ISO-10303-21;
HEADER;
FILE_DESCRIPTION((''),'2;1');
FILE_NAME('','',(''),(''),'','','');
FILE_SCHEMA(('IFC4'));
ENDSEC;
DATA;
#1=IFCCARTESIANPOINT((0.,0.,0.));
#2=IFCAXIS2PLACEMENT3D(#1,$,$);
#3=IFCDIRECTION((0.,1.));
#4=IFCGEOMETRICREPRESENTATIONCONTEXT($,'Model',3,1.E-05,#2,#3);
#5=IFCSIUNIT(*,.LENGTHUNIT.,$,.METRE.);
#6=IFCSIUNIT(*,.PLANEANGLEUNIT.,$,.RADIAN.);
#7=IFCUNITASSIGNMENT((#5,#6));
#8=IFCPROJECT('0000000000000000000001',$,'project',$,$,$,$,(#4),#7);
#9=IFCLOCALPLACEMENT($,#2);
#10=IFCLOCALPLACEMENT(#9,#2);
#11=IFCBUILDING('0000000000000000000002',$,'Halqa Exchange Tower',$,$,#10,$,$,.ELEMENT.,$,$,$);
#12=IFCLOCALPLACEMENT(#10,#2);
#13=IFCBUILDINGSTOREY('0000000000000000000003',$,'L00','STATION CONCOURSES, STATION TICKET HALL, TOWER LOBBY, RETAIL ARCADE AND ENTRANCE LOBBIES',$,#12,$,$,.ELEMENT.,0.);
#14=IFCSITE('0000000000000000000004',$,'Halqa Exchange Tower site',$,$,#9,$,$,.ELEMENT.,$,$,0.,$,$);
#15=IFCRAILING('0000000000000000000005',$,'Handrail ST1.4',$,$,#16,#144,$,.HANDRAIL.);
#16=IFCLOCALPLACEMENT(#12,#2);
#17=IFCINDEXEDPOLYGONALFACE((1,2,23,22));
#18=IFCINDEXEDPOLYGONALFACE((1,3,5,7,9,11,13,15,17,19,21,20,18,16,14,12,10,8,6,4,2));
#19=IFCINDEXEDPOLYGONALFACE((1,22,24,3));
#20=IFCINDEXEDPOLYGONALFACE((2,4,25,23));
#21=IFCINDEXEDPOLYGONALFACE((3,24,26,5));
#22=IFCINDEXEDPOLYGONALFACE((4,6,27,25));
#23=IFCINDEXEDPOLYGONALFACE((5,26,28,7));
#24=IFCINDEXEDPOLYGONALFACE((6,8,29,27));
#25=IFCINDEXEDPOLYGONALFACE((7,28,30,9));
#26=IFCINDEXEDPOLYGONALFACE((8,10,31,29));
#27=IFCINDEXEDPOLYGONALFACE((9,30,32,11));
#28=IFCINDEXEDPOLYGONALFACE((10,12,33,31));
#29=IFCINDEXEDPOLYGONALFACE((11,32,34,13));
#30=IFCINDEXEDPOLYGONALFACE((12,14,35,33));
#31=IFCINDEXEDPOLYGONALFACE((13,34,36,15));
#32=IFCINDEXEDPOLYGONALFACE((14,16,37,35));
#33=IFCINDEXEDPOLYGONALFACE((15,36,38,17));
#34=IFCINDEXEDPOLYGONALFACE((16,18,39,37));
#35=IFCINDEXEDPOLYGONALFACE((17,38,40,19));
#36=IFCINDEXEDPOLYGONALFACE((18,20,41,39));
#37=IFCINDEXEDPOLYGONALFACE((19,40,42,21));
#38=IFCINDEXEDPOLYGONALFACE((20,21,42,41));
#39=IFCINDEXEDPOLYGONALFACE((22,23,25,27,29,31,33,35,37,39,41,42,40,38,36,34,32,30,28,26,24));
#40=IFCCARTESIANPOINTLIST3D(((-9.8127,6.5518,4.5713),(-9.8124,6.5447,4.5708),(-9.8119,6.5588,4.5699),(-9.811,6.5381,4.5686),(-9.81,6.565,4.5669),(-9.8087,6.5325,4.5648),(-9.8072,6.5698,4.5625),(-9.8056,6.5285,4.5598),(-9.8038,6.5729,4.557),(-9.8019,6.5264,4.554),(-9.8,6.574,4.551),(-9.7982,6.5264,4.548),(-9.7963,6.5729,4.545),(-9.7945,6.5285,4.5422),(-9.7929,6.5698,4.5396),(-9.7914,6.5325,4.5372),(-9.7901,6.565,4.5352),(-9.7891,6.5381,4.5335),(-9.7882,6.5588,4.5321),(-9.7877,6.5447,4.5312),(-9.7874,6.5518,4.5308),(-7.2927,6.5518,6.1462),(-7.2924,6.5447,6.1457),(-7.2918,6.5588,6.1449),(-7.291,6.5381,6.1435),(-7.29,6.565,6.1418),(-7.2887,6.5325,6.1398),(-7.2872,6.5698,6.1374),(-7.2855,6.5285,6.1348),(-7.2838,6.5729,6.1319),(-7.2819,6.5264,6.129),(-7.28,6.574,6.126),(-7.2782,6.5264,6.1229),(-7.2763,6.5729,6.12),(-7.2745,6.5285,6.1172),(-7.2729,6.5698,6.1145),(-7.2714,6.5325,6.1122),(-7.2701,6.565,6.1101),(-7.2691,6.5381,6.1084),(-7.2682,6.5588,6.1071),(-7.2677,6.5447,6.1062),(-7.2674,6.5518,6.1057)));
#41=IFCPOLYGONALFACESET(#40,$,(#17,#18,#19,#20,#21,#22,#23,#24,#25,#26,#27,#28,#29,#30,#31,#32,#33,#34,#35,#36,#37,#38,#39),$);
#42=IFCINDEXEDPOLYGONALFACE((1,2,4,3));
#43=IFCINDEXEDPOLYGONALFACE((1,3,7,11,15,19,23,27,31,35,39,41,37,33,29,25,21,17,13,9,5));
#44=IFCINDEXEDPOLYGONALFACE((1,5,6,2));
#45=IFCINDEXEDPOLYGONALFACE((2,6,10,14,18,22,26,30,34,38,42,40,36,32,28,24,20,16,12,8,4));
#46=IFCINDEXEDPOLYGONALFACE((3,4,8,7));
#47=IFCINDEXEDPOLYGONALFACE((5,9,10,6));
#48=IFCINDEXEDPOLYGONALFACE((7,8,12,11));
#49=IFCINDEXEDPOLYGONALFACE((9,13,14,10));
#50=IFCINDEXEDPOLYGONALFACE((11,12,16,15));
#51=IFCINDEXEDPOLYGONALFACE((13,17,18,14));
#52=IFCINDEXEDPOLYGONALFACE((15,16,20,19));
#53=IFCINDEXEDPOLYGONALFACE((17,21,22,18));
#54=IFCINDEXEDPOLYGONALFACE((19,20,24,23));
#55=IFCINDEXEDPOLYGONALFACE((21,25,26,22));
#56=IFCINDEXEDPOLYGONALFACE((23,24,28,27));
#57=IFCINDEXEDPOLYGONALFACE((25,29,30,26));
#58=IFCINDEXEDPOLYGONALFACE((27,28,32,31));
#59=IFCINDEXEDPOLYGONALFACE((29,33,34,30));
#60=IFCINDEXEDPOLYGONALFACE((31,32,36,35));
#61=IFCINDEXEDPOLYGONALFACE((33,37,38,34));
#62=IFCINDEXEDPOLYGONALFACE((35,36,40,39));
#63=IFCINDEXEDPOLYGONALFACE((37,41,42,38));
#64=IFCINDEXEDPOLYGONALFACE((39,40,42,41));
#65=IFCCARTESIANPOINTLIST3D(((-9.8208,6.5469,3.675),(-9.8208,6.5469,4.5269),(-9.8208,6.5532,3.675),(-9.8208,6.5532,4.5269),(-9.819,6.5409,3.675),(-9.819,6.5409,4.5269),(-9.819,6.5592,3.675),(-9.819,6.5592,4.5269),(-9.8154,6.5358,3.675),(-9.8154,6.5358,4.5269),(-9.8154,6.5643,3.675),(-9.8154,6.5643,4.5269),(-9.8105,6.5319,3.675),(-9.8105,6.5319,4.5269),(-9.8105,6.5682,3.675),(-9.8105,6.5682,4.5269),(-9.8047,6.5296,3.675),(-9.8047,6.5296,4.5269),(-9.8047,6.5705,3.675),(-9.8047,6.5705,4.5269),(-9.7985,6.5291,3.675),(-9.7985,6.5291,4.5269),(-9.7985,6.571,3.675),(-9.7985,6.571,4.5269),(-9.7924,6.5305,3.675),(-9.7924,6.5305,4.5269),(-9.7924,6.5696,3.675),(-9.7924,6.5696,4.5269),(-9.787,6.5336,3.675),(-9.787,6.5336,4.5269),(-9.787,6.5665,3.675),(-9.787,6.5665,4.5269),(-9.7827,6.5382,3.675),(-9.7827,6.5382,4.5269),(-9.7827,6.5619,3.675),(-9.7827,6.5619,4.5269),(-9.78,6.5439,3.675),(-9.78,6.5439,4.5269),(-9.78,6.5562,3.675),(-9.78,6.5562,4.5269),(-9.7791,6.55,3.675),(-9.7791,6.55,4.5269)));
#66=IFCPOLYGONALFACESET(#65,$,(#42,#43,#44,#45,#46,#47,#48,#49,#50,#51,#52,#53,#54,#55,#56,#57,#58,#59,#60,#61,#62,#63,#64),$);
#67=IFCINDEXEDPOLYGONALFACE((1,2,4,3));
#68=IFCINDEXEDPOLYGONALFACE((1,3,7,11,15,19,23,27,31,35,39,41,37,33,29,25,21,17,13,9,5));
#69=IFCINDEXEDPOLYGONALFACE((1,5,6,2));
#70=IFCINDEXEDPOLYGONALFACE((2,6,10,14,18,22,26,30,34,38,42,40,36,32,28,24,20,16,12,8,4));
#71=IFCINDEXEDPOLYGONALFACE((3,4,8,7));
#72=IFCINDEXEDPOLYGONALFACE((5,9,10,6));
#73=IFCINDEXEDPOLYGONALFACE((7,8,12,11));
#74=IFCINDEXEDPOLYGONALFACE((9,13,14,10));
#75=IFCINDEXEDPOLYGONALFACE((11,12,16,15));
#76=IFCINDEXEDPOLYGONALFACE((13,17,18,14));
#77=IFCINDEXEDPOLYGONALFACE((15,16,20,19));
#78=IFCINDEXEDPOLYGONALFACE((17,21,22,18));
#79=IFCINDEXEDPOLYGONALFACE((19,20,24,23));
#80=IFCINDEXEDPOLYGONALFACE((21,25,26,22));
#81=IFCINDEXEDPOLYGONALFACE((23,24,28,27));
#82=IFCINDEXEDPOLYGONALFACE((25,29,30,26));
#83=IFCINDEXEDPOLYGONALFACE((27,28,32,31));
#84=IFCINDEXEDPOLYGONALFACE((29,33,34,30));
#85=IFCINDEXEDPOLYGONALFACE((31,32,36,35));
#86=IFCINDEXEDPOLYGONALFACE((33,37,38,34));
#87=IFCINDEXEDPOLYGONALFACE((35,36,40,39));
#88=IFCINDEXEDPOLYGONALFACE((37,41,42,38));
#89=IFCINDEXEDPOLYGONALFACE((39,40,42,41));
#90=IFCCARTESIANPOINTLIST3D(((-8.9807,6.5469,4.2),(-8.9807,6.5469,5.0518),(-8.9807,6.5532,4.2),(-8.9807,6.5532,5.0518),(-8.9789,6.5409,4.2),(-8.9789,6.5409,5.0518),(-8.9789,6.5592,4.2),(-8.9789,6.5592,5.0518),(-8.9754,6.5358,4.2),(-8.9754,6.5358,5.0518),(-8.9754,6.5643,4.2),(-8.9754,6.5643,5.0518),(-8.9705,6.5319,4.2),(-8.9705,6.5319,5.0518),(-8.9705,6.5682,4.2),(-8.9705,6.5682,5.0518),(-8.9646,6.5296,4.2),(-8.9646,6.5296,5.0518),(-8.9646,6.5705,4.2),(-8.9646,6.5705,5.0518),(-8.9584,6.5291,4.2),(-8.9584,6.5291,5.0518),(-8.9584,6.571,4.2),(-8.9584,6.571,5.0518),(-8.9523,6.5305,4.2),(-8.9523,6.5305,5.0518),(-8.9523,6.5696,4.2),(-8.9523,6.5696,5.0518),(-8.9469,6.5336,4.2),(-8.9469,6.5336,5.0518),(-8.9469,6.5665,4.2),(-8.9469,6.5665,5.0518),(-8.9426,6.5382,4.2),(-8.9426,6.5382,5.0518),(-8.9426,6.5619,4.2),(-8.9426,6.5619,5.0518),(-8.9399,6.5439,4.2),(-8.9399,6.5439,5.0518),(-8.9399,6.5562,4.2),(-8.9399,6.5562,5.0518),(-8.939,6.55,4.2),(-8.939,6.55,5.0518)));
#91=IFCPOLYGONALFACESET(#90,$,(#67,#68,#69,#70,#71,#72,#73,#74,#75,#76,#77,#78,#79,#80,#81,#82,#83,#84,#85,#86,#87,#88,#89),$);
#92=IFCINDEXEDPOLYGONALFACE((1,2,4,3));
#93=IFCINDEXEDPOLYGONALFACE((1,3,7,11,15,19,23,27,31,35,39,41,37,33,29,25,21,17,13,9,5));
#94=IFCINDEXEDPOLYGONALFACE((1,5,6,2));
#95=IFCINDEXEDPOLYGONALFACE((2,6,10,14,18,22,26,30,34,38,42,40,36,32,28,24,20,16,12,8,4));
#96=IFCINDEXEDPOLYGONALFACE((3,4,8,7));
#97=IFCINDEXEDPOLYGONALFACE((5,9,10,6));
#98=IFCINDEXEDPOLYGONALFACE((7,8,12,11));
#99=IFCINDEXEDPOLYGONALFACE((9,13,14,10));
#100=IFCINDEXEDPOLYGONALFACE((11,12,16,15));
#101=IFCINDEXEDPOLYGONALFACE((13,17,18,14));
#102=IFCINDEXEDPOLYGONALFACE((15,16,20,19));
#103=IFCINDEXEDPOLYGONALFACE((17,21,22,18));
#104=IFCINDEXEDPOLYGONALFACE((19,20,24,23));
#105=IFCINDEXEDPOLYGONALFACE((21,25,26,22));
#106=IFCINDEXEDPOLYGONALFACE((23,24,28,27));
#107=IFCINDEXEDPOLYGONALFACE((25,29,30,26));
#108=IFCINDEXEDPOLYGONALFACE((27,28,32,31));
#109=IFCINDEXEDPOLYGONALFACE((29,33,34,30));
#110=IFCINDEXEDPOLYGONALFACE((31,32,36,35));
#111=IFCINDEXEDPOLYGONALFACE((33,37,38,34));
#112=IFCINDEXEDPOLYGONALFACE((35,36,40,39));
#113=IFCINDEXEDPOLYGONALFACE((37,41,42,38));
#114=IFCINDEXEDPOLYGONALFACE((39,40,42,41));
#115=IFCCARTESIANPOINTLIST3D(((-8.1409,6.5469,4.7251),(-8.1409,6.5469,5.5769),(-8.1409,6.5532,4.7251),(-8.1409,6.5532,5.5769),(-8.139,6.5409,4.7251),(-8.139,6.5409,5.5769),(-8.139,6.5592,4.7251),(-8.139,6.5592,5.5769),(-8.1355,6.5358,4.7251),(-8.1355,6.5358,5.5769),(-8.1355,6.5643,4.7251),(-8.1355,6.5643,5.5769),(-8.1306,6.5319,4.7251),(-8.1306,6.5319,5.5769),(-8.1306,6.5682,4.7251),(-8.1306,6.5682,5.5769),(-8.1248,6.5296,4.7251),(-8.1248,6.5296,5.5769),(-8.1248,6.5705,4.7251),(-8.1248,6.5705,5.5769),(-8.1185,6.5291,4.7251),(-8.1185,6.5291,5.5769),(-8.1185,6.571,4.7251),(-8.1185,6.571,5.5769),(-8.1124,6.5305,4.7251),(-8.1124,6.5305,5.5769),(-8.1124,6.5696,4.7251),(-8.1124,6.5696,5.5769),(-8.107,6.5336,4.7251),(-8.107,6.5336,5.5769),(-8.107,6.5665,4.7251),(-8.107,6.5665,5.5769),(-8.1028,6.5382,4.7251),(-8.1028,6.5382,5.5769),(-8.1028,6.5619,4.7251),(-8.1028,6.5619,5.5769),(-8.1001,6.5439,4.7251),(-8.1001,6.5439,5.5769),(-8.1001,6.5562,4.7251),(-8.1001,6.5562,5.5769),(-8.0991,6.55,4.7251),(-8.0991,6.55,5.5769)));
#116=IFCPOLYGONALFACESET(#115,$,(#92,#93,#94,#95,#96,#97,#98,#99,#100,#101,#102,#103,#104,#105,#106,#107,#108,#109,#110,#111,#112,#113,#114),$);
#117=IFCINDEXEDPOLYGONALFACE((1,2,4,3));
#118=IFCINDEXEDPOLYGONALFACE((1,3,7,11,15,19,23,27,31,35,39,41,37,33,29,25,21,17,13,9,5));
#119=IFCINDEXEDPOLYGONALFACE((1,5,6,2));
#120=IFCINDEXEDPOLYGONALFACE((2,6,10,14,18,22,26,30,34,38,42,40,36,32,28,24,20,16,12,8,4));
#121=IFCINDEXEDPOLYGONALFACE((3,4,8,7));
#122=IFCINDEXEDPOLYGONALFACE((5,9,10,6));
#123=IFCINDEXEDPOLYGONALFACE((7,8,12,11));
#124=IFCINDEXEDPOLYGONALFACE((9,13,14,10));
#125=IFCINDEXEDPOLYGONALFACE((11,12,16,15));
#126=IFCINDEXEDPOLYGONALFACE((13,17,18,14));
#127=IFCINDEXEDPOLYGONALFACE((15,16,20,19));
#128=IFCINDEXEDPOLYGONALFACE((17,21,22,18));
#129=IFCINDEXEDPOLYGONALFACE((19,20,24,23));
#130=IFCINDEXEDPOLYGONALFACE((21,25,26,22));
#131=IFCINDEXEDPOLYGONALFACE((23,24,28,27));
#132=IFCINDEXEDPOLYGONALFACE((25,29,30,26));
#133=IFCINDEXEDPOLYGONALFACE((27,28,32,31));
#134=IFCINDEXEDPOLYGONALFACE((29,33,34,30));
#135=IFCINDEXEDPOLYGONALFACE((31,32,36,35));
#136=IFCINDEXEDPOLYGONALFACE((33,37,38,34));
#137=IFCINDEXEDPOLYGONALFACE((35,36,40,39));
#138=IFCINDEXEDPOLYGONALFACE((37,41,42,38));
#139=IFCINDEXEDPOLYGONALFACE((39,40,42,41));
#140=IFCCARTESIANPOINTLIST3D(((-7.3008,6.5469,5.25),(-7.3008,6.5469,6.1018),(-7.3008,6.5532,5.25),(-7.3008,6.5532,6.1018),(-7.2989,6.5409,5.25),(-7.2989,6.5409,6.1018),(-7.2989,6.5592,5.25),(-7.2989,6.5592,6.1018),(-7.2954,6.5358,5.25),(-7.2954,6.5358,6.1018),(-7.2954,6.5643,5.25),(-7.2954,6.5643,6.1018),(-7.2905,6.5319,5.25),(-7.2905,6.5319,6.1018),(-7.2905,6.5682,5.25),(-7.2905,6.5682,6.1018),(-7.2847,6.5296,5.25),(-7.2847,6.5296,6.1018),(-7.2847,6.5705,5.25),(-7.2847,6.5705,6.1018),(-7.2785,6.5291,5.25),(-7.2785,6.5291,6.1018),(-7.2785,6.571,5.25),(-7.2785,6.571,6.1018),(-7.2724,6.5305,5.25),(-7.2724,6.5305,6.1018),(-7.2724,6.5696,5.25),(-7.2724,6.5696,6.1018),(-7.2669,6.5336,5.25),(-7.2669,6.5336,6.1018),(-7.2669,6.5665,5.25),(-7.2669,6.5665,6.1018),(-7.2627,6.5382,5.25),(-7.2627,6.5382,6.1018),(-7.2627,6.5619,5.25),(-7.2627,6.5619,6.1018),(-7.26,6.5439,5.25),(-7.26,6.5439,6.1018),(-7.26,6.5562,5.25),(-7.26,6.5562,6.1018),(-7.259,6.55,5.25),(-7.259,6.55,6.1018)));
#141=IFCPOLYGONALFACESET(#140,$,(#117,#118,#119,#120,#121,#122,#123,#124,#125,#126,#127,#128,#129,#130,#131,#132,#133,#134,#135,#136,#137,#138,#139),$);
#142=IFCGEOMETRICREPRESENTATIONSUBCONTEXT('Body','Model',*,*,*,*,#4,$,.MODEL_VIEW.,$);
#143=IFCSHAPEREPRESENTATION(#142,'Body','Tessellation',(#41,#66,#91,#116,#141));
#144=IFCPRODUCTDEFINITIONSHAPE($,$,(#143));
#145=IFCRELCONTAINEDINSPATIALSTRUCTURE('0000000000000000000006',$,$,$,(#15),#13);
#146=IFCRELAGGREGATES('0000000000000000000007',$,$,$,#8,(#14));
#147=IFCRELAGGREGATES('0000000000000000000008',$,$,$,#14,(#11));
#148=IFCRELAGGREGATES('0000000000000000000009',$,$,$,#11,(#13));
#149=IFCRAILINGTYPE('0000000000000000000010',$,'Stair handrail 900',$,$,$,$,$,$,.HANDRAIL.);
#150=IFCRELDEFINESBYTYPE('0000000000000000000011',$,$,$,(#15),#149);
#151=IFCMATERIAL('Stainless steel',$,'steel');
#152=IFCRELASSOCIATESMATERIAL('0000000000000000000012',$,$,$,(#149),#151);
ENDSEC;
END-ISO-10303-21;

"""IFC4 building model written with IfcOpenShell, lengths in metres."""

from ifc_helpers import new_model, si_unit, direction, frame, origin, origin_2d, place, context, subcontext, project, spatial, circle, extrude, material, type_object, element, save


model = new_model("IFC4")

# Units and contexts
model_context = context("Model", 3, precision=1e-05, world=origin(), true_north=direction((0.0, 1.0)))
body_context = subcontext(model_context, "Body", "Model", "MODEL_VIEW")
ifc_project = project(units=[si_unit("LENGTHUNIT", "METRE"), si_unit("PLANEANGLEUNIT", "RADIAN")], contexts=[model_context])

# Site, building, storey
site_placement = place(None, origin())
site = spatial("IfcSite", under=ifc_project, at=site_placement, Name="Halqa Exchange Tower site", CompositionType="ELEMENT", RefElevation=0.0)
building_placement = place(site_placement, origin())
building = spatial("IfcBuilding", under=site, at=building_placement, Name="Halqa Exchange Tower", CompositionType="ELEMENT")
storey_placement = place(building_placement, origin())
storey = spatial("IfcBuildingStorey", under=building, at=storey_placement, Name="L00", Description="STATION CONCOURSES, STATION TICKET HALL, TOWER LOBBY, RETAIL ARCADE AND ENTRANCE LOBBIES", CompositionType="ELEMENT", Elevation=0.0)

# Shared definitions
ifc_material_1 = material(Name="Stainless steel", Category="steel")

# Railing
railing_type_1 = type_object("IfcRailingType", Name="Stair handrail 900", PredefinedType="HANDRAIL", material=ifc_material_1)
for number, where, name in (
    (1, (-9.8, 6.55, 3.675), "Handrail ST1.4"),
):
    element("IfcRailing", number, at=place(storey_placement, frame(where)), inside=storey, type_object=railing_type_1, Name=name, PredefinedType="HANDRAIL", context=body_context, shape_type="SweptSolid", body=[
        extrude(circle(Radius=0.0239, at=origin_2d()), frame((0.0, 0.0, 0.876), z_axis=(0.848008, 0.0, 0.529984), x_axis=(0.0, 1.0, 0.0)), (0.0, 0.0, 1.0), 2.9717),
        extrude(circle(Radius=0.021, at=origin_2d()), origin(), (0.0, 0.0, 1.0), 0.8518),
        extrude(circle(Radius=0.021, at=origin_2d()), frame((0.8401, 0.0, 0.5249)), (0.0, 0.0, 1.0), 0.8518),
        extrude(circle(Radius=0.021, at=origin_2d()), frame((1.6799, 0.0, 1.05)), (0.0, 0.0, 1.0), 0.8518),
        extrude(circle(Radius=0.021, at=origin_2d()), frame((2.52, 0.0, 1.575)), (0.0, 0.0, 1.0), 0.8518),
    ])

save(model, "model.ifc")
